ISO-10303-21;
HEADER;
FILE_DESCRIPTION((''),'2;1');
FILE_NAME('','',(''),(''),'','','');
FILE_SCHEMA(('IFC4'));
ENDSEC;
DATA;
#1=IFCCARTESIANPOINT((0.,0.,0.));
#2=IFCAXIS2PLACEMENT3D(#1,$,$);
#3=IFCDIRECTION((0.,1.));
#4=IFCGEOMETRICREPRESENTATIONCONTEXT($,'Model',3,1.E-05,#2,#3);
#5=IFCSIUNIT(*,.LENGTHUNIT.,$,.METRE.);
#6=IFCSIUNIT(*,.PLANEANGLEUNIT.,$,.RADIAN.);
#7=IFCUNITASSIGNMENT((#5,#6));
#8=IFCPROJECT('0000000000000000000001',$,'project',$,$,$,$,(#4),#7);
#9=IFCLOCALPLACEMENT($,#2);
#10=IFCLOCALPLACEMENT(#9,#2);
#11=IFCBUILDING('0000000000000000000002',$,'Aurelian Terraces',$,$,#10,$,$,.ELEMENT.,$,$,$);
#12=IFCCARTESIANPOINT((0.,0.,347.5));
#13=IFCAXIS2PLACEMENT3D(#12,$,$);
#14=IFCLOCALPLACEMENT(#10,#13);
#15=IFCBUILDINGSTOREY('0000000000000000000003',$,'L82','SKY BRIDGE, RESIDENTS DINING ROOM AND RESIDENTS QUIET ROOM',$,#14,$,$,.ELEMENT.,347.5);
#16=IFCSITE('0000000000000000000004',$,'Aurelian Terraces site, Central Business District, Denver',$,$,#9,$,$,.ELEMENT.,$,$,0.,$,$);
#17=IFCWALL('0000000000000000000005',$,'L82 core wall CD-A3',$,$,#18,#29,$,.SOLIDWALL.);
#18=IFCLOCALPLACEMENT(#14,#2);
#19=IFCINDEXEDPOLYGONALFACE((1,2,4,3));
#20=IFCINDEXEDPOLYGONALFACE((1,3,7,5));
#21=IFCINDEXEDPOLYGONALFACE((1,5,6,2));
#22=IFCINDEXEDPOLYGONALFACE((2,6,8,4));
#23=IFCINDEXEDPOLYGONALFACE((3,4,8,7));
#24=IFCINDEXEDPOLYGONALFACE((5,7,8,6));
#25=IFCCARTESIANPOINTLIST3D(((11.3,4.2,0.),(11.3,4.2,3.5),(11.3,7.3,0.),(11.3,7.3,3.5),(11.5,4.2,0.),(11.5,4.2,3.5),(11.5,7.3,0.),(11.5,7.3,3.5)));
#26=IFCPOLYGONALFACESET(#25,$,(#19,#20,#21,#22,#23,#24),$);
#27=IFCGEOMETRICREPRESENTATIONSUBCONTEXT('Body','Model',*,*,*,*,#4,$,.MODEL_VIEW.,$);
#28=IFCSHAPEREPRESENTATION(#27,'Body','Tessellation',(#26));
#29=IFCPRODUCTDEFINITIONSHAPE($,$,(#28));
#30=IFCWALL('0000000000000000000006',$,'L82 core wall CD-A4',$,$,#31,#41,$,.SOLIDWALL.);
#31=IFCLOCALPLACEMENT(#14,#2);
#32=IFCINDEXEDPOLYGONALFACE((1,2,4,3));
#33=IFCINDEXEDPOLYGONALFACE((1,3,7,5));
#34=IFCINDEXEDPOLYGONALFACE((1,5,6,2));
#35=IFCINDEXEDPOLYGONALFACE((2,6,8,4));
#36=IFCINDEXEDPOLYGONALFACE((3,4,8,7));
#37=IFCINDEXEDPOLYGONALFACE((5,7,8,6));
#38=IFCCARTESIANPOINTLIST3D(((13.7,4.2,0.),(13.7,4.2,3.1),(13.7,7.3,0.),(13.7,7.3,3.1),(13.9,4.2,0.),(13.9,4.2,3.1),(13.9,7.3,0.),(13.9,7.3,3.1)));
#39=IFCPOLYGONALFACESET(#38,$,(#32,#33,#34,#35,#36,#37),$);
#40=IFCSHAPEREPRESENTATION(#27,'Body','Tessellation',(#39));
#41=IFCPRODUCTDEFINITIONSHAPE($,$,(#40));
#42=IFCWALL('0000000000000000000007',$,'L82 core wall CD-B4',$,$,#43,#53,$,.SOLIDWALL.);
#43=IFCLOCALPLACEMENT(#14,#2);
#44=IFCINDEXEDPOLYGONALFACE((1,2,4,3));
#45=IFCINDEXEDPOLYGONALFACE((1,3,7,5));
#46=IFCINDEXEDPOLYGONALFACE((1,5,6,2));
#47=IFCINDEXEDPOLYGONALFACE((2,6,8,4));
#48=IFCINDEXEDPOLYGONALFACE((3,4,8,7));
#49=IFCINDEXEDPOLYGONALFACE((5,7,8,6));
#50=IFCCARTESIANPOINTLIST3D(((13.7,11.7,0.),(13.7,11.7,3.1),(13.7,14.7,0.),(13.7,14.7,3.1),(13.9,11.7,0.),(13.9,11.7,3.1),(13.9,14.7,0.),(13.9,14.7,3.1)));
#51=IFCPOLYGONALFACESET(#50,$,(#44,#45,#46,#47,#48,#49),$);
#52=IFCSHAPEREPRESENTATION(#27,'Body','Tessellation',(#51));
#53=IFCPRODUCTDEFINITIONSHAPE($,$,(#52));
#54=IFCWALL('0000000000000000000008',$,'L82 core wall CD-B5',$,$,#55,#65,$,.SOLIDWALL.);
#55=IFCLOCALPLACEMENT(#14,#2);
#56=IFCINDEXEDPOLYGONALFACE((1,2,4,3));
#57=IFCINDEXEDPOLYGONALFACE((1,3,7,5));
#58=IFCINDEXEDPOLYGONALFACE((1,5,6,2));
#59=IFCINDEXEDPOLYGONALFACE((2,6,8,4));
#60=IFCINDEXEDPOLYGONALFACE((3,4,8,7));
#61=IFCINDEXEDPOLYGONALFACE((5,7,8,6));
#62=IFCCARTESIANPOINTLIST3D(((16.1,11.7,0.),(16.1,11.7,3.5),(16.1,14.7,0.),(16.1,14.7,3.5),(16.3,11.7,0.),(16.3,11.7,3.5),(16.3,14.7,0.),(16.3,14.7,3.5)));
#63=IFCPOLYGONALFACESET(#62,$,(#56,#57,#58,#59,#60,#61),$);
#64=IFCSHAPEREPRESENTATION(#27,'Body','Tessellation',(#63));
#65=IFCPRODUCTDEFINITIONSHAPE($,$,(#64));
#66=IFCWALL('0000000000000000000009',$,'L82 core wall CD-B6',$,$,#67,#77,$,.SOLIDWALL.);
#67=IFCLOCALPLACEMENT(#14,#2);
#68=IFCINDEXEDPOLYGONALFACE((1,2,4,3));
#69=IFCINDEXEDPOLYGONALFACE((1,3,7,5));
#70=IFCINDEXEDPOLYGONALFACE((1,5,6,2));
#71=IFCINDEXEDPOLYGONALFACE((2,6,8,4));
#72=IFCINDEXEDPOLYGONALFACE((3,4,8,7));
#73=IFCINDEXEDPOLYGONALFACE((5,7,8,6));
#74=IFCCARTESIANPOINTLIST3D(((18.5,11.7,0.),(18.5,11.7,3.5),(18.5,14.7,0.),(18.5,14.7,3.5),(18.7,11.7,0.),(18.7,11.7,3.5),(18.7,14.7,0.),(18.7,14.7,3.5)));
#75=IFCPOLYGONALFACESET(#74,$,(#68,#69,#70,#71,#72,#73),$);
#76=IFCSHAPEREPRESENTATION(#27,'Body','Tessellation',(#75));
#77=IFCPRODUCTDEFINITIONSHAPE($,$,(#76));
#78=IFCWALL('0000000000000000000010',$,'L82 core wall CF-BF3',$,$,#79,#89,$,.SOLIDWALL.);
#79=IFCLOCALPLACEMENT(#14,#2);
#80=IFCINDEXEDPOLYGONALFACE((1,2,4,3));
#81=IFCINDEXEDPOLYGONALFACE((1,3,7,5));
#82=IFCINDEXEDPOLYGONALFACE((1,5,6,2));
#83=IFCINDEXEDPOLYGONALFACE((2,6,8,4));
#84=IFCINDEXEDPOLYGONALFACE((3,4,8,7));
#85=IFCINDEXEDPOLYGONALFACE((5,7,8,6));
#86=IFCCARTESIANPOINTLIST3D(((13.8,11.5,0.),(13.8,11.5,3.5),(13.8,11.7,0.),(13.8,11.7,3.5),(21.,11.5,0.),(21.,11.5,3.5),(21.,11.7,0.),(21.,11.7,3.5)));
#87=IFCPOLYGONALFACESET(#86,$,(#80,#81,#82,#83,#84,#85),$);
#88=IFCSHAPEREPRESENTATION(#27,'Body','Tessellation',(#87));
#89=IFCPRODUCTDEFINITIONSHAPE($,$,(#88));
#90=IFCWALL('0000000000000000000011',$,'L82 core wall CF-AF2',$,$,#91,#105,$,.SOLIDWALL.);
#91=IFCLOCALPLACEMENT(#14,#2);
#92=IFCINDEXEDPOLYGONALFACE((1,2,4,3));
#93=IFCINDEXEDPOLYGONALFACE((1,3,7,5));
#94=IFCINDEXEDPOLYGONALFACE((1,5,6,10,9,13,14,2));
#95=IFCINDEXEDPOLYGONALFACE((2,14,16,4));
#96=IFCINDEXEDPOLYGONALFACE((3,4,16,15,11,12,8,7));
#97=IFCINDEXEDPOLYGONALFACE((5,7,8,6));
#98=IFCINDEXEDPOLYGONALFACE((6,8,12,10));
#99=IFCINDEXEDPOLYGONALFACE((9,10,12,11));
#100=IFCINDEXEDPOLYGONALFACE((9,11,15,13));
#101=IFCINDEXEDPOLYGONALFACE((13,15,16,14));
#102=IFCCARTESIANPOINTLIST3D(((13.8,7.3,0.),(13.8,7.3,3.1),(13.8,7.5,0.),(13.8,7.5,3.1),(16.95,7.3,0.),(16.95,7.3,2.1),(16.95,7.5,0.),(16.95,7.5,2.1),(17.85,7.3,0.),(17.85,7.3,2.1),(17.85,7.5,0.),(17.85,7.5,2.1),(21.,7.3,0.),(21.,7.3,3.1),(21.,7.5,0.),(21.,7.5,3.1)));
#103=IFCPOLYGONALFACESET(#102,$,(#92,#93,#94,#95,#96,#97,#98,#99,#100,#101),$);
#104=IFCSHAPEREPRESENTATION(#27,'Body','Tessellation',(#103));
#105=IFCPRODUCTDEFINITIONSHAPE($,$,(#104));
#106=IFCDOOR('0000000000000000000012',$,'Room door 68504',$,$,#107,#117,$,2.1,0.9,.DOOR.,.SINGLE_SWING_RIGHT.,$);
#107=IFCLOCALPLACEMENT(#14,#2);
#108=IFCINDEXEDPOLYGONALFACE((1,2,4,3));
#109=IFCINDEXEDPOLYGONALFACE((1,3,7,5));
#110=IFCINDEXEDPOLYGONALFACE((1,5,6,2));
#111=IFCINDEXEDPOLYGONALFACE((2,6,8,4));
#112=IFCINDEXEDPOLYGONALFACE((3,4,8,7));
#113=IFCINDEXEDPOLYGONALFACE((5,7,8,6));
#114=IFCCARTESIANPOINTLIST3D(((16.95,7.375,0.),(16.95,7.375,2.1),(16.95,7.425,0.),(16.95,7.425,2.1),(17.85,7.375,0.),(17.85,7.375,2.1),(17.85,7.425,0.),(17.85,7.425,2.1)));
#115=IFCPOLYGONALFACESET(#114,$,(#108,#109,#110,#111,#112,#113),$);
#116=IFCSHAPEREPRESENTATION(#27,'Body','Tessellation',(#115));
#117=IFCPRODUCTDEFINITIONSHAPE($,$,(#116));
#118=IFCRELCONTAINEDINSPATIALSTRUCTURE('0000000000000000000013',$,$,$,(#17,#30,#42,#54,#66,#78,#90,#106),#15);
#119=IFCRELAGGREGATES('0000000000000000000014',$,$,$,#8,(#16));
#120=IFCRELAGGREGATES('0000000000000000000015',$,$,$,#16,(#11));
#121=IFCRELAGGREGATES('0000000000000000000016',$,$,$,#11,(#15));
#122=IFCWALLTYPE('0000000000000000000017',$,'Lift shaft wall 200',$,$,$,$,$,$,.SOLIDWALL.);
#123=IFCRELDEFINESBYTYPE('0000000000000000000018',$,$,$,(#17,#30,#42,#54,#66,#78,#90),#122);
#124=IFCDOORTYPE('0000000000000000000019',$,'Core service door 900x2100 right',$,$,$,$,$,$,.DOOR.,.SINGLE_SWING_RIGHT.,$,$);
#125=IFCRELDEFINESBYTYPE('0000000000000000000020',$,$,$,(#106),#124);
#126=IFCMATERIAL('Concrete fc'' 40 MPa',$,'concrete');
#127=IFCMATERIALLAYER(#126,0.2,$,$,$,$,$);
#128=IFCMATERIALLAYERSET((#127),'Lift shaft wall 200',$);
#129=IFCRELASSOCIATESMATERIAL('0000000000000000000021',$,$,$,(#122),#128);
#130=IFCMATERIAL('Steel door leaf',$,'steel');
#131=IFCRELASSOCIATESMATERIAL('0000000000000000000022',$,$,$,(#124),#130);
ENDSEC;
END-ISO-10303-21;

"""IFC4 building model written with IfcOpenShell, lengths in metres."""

from ifc_helpers import new_model, si_unit, direction, frame, frame_2d, origin, place, context, subcontext, project, spatial, rectangle, extrude, source, transform, mapped, material, layer, layer_set, type_object, element, fill, save


model = new_model("IFC4")

# Units and contexts
model_context = context("Model", 3, precision=1e-05, world=origin(), true_north=direction((0.0, 1.0)))
body_context = subcontext(model_context, "Body", "Model", "MODEL_VIEW")
ifc_project = project(units=[si_unit("LENGTHUNIT", "METRE"), si_unit("PLANEANGLEUNIT", "RADIAN")], contexts=[model_context])

# Site, building, storey
site_placement = place(None, origin())
site = spatial("IfcSite", under=ifc_project, at=site_placement, Name="Aurelian Terraces site, Central Business District, Denver", CompositionType="ELEMENT", RefElevation=0.0)
building_placement = place(site_placement, origin())
building = spatial("IfcBuilding", under=site, at=building_placement, Name="Aurelian Terraces", CompositionType="ELEMENT")
storey_placement = place(building_placement, frame((0.0, 0.0, 347.5)))
storey = spatial("IfcBuildingStorey", under=building, at=storey_placement, Name="L82", Description="SKY BRIDGE, RESIDENTS DINING ROOM AND RESIDENTS QUIET ROOM", CompositionType="ELEMENT", Elevation=347.5)

# Shared definitions
ifc_material_1 = material(Name="Steel door leaf", Category="steel")

# Walls
ifc_material_2 = material(Name="Concrete fc' 40 MPa", Category="concrete")
ifc_layer_1 = layer(ifc_material_2, 0.2)
ifc_layer_set_1 = layer_set([ifc_layer_1], Name="Lift shaft wall 200")
wall_type_1 = type_object("IfcWallType", Name="Lift shaft wall 200", PredefinedType="SOLIDWALL", material=ifc_layer_set_1)
shared_shape_1 = source(origin(), body_context, "Body", "SweptSolid", [
    extrude(rectangle(XDim=3.1, YDim=0.2, at=frame_2d((1.55, 0.0))), origin(), (0.0, 0.0, 1.0), 3.5),
])
wall_1_placement = place(storey_placement, frame((11.4, 4.2, 0.0), z_axis=(0.0, 0.0, 1.0), x_axis=(0.0, 1.0, 0.0)))
element("IfcWall", 1, at=wall_1_placement, inside=storey, type_object=wall_type_1, Name="L82 core wall CD-A3", PredefinedType="SOLIDWALL", context=body_context, shape_type="MappedRepresentation", body=[
    mapped(shared_shape_1, transform((0.0, 0.0, 0.0), scale=1.0)),
])
shared_shape_2 = source(origin(), body_context, "Body", "SweptSolid", [
    extrude(rectangle(XDim=3.1, YDim=0.2, at=frame_2d((1.55, 0.0))), origin(), (0.0, 0.0, 1.0), 3.1),
])
wall_2_placement = place(storey_placement, frame((13.8, 4.2, 0.0), z_axis=(0.0, 0.0, 1.0), x_axis=(0.0, 1.0, 0.0)))
element("IfcWall", 2, at=wall_2_placement, inside=storey, type_object=wall_type_1, Name="L82 core wall CD-A4", PredefinedType="SOLIDWALL", context=body_context, shape_type="MappedRepresentation", body=[
    mapped(shared_shape_2, transform((0.0, 0.0, 0.0), scale=1.0)),
])
shared_shape_3 = source(origin(), body_context, "Body", "SweptSolid", [
    extrude(rectangle(XDim=3.0, YDim=0.2, at=frame_2d((1.5, 0.0))), origin(), (0.0, 0.0, 1.0), 3.1),
])
wall_3_placement = place(storey_placement, frame((13.8, 11.7, 0.0), z_axis=(0.0, 0.0, 1.0), x_axis=(0.0, 1.0, 0.0)))
element("IfcWall", 3, at=wall_3_placement, inside=storey, type_object=wall_type_1, Name="L82 core wall CD-B4", PredefinedType="SOLIDWALL", context=body_context, shape_type="MappedRepresentation", body=[
    mapped(shared_shape_3, transform((0.0, 0.0, 0.0), scale=1.0)),
])
shared_shape_4 = source(origin(), body_context, "Body", "SweptSolid", [
    extrude(rectangle(XDim=3.0, YDim=0.2, at=frame_2d((1.5, 0.0))), origin(), (0.0, 0.0, 1.0), 3.5),
])
for number, where, z_axis, x_axis, name in (
    (4, (16.2, 11.7, 0.0), (0.0, 0.0, 1.0), (0.0, 1.0, 0.0), "L82 core wall CD-B5"),
    (5, (18.6, 11.7, 0.0), (0.0, 0.0, 1.0), (0.0, 1.0, 0.0), "L82 core wall CD-B6"),
):
    element("IfcWall", number, at=place(storey_placement, frame(where, z_axis=z_axis, x_axis=x_axis)), inside=storey, type_object=wall_type_1, Name=name, PredefinedType="SOLIDWALL", context=body_context, shape_type="MappedRepresentation", body=[
        mapped(shared_shape_4, transform((0.0, 0.0, 0.0), scale=1.0)),
    ])
shared_shape_5 = source(origin(), body_context, "Body", "SweptSolid", [
    extrude(rectangle(XDim=7.2, YDim=0.2, at=frame_2d((3.6, 0.0))), origin(), (0.0, 0.0, 1.0), 3.5),
])
wall_4_placement = place(storey_placement, frame((13.8, 11.6, 0.0), z_axis=(0.0, 0.0, 1.0), x_axis=(1.0, 0.0, 0.0)))
element("IfcWall", 6, at=wall_4_placement, inside=storey, type_object=wall_type_1, Name="L82 core wall CF-BF3", PredefinedType="SOLIDWALL", context=body_context, shape_type="MappedRepresentation", body=[
    mapped(shared_shape_5, transform((0.0, 0.0, 0.0), scale=1.0)),
])

# Wall, opening, door
shared_shape_6 = source(origin(), body_context, "Body", "SweptSolid", [
    extrude(rectangle(XDim=7.2, YDim=0.2, at=frame_2d((3.6, 0.0))), origin(), (0.0, 0.0, 1.0), 3.1),
])
wall_5_placement = place(storey_placement, frame((13.8, 7.4, 0.0), z_axis=(0.0, 0.0, 1.0), x_axis=(1.0, 0.0, 0.0)))
wall_5 = element("IfcWall", 7, at=wall_5_placement, inside=storey, type_object=wall_type_1, Name="L82 core wall CF-AF2", PredefinedType="SOLIDWALL", context=body_context, shape_type="MappedRepresentation", body=[
    mapped(shared_shape_6, transform((0.0, 0.0, 0.0), scale=1.0)),
])
shared_shape_7 = source(origin(), body_context, "Body", "SweptSolid", [
    extrude(rectangle(XDim=0.9, YDim=2.1, at=frame_2d((0.45, 1.05))), frame((0.0, 0.11, 0.0), z_axis=(0.0, -1.0, 0.0), x_axis=(1.0, 0.0, 0.0)), (0.0, 0.0, 1.0), 0.22),
])
opening_1_placement = place(wall_5_placement, frame((3.15, 0.0, 0.0)))
opening_1 = element("IfcOpeningElement", 8, at=opening_1_placement, cuts=wall_5, PredefinedType="OPENING", context=body_context, shape_type="MappedRepresentation", body=[
    mapped(shared_shape_7, transform((0.0, 0.0, 0.0), scale=1.0)),
])
door_type_1 = type_object("IfcDoorType", Name="Core service door 900x2100 right", OperationType="SINGLE_SWING_RIGHT", PredefinedType="DOOR", material=ifc_material_1)
shared_shape_8 = source(origin(), body_context, "Body", "SweptSolid", [
    extrude(rectangle(XDim=0.9, YDim=2.1, at=frame_2d((0.45, 1.05))), frame((0.0, 0.025, 0.0), z_axis=(0.0, -1.0, 0.0), x_axis=(1.0, 0.0, 0.0)), (0.0, 0.0, 1.0), 0.05),
])
door_1_placement = place(opening_1_placement, origin())
door_1 = element("IfcDoor", 9, at=door_1_placement, inside=storey, type_object=door_type_1, Name="Room door 68504", OperationType="SINGLE_SWING_RIGHT", OverallHeight=2.1, OverallWidth=0.9, PredefinedType="DOOR", context=body_context, shape_type="MappedRepresentation", body=[
    mapped(shared_shape_8, transform((0.0, 0.0, 0.0), scale=1.0)),
])
fill(opening_1, door_1)

save(model, "model.ifc")
